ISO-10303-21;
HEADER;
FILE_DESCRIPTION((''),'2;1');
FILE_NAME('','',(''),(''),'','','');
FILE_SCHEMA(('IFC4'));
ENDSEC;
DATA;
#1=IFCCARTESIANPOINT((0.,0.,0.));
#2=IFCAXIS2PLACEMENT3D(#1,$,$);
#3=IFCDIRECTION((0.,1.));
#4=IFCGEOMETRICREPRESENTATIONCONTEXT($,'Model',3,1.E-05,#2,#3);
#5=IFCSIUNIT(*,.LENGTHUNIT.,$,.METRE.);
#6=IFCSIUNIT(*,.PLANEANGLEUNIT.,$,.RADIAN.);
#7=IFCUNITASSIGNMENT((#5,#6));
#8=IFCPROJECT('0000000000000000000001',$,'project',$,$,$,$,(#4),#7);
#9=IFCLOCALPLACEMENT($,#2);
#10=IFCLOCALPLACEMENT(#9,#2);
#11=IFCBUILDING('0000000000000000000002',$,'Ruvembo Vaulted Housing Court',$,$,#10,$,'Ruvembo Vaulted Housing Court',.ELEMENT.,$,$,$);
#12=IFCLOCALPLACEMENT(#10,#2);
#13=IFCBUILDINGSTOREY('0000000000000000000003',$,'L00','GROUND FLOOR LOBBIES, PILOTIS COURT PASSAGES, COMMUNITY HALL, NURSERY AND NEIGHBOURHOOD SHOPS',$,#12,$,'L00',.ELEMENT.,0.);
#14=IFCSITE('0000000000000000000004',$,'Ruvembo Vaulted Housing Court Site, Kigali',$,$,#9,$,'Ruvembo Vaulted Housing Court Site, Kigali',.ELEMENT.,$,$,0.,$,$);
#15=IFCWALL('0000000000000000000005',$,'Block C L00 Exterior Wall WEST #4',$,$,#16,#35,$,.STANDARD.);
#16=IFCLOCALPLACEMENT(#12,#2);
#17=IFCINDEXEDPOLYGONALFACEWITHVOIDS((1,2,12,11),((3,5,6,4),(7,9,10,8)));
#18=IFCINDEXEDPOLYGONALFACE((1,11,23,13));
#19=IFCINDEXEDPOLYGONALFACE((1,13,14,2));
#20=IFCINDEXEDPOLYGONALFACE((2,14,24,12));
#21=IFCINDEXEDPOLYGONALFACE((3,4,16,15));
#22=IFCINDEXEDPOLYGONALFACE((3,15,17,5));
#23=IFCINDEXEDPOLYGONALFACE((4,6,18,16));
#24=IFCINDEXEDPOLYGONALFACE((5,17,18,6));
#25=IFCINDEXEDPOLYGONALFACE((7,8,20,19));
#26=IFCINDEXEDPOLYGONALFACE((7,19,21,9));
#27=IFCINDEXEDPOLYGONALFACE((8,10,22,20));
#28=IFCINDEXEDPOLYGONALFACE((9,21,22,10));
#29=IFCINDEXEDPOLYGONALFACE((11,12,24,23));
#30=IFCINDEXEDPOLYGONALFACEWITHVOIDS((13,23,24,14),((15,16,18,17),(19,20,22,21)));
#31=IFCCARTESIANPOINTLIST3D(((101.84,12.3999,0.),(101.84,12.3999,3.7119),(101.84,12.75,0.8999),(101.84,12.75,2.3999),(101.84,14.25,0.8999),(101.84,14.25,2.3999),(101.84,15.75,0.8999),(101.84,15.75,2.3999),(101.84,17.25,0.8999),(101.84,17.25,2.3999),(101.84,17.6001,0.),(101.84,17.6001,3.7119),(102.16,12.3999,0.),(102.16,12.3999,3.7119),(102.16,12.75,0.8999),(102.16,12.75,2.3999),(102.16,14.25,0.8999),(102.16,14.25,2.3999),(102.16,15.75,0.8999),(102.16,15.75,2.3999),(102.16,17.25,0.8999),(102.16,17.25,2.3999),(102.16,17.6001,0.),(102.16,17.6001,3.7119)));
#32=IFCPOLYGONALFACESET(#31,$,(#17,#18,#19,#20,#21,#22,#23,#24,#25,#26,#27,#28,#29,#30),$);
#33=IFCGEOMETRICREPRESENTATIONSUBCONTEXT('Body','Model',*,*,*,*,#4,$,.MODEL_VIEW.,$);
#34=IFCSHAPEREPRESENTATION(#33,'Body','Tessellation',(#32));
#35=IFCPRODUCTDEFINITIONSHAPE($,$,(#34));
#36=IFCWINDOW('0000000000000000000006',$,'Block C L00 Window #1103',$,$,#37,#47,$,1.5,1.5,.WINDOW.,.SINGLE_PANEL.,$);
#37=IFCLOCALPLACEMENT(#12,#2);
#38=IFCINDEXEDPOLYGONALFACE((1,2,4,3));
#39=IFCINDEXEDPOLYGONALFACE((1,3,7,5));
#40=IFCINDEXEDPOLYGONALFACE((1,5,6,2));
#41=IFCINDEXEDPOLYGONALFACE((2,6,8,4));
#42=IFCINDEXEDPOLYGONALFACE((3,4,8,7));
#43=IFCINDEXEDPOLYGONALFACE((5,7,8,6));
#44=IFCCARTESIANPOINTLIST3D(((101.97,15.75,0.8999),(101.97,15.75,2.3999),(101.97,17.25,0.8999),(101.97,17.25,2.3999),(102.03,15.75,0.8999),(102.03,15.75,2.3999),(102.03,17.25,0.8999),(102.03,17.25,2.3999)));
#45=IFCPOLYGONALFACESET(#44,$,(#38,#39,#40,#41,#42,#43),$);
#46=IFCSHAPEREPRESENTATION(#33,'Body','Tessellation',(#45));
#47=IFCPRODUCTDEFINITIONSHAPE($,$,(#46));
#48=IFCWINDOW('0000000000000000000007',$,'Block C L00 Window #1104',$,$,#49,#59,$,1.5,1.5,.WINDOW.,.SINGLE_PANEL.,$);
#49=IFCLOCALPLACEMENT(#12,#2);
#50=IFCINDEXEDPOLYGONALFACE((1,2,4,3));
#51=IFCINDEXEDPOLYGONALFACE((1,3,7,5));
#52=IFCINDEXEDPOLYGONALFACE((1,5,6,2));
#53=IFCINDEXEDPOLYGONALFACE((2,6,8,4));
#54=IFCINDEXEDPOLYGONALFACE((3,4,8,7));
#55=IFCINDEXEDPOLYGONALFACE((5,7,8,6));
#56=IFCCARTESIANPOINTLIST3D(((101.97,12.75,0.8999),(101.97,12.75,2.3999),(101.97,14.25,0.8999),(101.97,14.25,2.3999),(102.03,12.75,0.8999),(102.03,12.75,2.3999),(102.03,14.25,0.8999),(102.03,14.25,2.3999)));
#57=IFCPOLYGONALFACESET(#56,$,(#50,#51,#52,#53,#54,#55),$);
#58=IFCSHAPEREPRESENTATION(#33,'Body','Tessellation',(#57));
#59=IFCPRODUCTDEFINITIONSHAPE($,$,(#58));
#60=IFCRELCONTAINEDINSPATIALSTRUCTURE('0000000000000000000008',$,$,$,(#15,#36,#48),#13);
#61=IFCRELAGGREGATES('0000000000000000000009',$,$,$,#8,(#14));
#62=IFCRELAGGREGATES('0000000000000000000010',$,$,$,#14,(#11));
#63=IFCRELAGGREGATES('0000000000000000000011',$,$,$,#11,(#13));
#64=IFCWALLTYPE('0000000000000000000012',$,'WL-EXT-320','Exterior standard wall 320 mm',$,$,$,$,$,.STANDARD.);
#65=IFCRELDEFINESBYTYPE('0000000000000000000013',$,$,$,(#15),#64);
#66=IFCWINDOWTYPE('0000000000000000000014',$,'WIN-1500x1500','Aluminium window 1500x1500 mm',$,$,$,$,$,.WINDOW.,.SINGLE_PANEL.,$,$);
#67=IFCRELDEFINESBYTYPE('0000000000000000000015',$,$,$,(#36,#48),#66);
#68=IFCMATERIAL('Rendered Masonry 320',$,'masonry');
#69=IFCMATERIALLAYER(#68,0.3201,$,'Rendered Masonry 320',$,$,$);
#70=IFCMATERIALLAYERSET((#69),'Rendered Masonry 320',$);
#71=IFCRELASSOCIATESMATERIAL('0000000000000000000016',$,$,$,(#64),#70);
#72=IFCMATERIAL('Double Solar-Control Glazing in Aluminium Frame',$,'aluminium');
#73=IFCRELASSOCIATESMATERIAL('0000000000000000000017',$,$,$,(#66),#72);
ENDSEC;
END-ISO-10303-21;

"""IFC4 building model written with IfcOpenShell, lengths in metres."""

from ifc_helpers import new_model, si_unit, direction, frame, frame_2d, origin, place, context, subcontext, project, spatial, rectangle, extrude, material, layer, layer_set, type_object, element, fill, save


model = new_model("IFC4")

# Units and contexts
model_context = context("Model", 3, precision=1e-05, world=origin(), true_north=direction((0.0, 1.0)))
body_context = subcontext(model_context, "Body", "Model", "MODEL_VIEW")
ifc_project = project(units=[si_unit("LENGTHUNIT", "METRE"), si_unit("PLANEANGLEUNIT", "RADIAN")], contexts=[model_context])

# Site, building, storey
site_placement = place(None, origin())
site = spatial("IfcSite", under=ifc_project, at=site_placement, Name="Ruvembo Vaulted Housing Court Site, Kigali", LongName="Ruvembo Vaulted Housing Court Site, Kigali", CompositionType="ELEMENT", RefElevation=0.0)
building_placement = place(site_placement, origin())
building = spatial("IfcBuilding", under=site, at=building_placement, Name="Ruvembo Vaulted Housing Court", LongName="Ruvembo Vaulted Housing Court", CompositionType="ELEMENT")
storey_placement = place(building_placement, origin())
storey = spatial("IfcBuildingStorey", under=building, at=storey_placement, Name="L00", Description="GROUND FLOOR LOBBIES, PILOTIS COURT PASSAGES, COMMUNITY HALL, NURSERY AND NEIGHBOURHOOD SHOPS", LongName="L00", CompositionType="ELEMENT", Elevation=0.0)

# Wall, openings, windows
ifc_material_1 = material(Name="Rendered Masonry 320", Category="masonry")
ifc_layer = layer(ifc_material_1, 0.3201, Name="Rendered Masonry 320")
ifc_layer_set = layer_set([ifc_layer], Name="Rendered Masonry 320")
wall_type = type_object("IfcWallType", Name="WL-EXT-320", Description="Exterior standard wall 320 mm", PredefinedType="STANDARD", material=ifc_layer_set)
ifc_material_2 = material(Name="Double Solar-Control Glazing in Aluminium Frame", Category="aluminium")
window_type_1 = type_object("IfcWindowType", Name="WIN-1500x1500", Description="Aluminium window 1500x1500 mm", PartitioningType="SINGLE_PANEL", PredefinedType="WINDOW", material=ifc_material_2)
wall_1_placement = place(storey_placement, frame((102.0, 17.6001, 0.0), z_axis=(0.0, 0.0, 1.0), x_axis=(0.0, -1.0, 0.0)))
wall_1 = element("IfcWall", 1, at=wall_1_placement, inside=storey, type_object=wall_type, Name="Block C L00 Exterior Wall WEST #4", PredefinedType="STANDARD", context=body_context, shape_type="SweptSolid", body=[
    extrude(rectangle(XDim=5.2002, YDim=0.3201, at=frame_2d((2.6001, 0.0))), origin(), (0.0, 0.0, 1.0), 3.7119),
])
opening_1_placement = place(wall_1_placement, frame((0.3501, 0.0, 0.8999)))
opening_1 = element("IfcOpeningElement", 2, at=opening_1_placement, cuts=wall_1, PredefinedType="OPENING", context=body_context, shape_type="SweptSolid", body=[
    extrude(rectangle(XDim=1.5, YDim=1.5, at=frame_2d((0.75, 0.75))), frame((0.0, 0.1699, 0.0), z_axis=(0.0, -1.0, 0.0), x_axis=(1.0, 0.0, 0.0)), (0.0, 0.0, 1.0), 0.3401),
])
opening_2_placement = place(wall_1_placement, frame((3.3501, 0.0, 0.8999)))
opening_2 = element("IfcOpeningElement", 3, at=opening_2_placement, cuts=wall_1, PredefinedType="OPENING", context=body_context, shape_type="SweptSolid", body=[
    extrude(rectangle(XDim=1.5, YDim=1.5, at=frame_2d((0.75, 0.75))), frame((0.0, 0.1699, 0.0), z_axis=(0.0, -1.0, 0.0), x_axis=(1.0, 0.0, 0.0)), (0.0, 0.0, 1.0), 0.3401),
])
window_1_placement = place(opening_1_placement, origin())
window_1 = element("IfcWindow", 4, at=window_1_placement, inside=storey, type_object=window_type_1, Name="Block C L00 Window #1103", OverallHeight=1.5, OverallWidth=1.5, PartitioningType="SINGLE_PANEL", PredefinedType="WINDOW", context=body_context, shape_type="SweptSolid", body=[
    extrude(rectangle(XDim=1.5, YDim=1.5, at=frame_2d((0.75, 0.75))), frame((0.0, 0.03, 0.0), z_axis=(0.0, -1.0, 0.0), x_axis=(1.0, 0.0, 0.0)), (0.0, 0.0, 1.0), 0.0601),
])
fill(opening_1, window_1)
window_2_placement = place(opening_2_placement, origin())
window_2 = element("IfcWindow", 5, at=window_2_placement, inside=storey, type_object=window_type_1, Name="Block C L00 Window #1104", OverallHeight=1.5, OverallWidth=1.5, PartitioningType="SINGLE_PANEL", PredefinedType="WINDOW", context=body_context, shape_type="SweptSolid", body=[
    extrude(rectangle(XDim=1.5, YDim=1.5, at=frame_2d((0.75, 0.75))), frame((0.0, 0.03, 0.0), z_axis=(0.0, -1.0, 0.0), x_axis=(1.0, 0.0, 0.0)), (0.0, 0.0, 1.0), 0.0601),
])
fill(opening_2, window_2)

save(model, "model.ifc")
